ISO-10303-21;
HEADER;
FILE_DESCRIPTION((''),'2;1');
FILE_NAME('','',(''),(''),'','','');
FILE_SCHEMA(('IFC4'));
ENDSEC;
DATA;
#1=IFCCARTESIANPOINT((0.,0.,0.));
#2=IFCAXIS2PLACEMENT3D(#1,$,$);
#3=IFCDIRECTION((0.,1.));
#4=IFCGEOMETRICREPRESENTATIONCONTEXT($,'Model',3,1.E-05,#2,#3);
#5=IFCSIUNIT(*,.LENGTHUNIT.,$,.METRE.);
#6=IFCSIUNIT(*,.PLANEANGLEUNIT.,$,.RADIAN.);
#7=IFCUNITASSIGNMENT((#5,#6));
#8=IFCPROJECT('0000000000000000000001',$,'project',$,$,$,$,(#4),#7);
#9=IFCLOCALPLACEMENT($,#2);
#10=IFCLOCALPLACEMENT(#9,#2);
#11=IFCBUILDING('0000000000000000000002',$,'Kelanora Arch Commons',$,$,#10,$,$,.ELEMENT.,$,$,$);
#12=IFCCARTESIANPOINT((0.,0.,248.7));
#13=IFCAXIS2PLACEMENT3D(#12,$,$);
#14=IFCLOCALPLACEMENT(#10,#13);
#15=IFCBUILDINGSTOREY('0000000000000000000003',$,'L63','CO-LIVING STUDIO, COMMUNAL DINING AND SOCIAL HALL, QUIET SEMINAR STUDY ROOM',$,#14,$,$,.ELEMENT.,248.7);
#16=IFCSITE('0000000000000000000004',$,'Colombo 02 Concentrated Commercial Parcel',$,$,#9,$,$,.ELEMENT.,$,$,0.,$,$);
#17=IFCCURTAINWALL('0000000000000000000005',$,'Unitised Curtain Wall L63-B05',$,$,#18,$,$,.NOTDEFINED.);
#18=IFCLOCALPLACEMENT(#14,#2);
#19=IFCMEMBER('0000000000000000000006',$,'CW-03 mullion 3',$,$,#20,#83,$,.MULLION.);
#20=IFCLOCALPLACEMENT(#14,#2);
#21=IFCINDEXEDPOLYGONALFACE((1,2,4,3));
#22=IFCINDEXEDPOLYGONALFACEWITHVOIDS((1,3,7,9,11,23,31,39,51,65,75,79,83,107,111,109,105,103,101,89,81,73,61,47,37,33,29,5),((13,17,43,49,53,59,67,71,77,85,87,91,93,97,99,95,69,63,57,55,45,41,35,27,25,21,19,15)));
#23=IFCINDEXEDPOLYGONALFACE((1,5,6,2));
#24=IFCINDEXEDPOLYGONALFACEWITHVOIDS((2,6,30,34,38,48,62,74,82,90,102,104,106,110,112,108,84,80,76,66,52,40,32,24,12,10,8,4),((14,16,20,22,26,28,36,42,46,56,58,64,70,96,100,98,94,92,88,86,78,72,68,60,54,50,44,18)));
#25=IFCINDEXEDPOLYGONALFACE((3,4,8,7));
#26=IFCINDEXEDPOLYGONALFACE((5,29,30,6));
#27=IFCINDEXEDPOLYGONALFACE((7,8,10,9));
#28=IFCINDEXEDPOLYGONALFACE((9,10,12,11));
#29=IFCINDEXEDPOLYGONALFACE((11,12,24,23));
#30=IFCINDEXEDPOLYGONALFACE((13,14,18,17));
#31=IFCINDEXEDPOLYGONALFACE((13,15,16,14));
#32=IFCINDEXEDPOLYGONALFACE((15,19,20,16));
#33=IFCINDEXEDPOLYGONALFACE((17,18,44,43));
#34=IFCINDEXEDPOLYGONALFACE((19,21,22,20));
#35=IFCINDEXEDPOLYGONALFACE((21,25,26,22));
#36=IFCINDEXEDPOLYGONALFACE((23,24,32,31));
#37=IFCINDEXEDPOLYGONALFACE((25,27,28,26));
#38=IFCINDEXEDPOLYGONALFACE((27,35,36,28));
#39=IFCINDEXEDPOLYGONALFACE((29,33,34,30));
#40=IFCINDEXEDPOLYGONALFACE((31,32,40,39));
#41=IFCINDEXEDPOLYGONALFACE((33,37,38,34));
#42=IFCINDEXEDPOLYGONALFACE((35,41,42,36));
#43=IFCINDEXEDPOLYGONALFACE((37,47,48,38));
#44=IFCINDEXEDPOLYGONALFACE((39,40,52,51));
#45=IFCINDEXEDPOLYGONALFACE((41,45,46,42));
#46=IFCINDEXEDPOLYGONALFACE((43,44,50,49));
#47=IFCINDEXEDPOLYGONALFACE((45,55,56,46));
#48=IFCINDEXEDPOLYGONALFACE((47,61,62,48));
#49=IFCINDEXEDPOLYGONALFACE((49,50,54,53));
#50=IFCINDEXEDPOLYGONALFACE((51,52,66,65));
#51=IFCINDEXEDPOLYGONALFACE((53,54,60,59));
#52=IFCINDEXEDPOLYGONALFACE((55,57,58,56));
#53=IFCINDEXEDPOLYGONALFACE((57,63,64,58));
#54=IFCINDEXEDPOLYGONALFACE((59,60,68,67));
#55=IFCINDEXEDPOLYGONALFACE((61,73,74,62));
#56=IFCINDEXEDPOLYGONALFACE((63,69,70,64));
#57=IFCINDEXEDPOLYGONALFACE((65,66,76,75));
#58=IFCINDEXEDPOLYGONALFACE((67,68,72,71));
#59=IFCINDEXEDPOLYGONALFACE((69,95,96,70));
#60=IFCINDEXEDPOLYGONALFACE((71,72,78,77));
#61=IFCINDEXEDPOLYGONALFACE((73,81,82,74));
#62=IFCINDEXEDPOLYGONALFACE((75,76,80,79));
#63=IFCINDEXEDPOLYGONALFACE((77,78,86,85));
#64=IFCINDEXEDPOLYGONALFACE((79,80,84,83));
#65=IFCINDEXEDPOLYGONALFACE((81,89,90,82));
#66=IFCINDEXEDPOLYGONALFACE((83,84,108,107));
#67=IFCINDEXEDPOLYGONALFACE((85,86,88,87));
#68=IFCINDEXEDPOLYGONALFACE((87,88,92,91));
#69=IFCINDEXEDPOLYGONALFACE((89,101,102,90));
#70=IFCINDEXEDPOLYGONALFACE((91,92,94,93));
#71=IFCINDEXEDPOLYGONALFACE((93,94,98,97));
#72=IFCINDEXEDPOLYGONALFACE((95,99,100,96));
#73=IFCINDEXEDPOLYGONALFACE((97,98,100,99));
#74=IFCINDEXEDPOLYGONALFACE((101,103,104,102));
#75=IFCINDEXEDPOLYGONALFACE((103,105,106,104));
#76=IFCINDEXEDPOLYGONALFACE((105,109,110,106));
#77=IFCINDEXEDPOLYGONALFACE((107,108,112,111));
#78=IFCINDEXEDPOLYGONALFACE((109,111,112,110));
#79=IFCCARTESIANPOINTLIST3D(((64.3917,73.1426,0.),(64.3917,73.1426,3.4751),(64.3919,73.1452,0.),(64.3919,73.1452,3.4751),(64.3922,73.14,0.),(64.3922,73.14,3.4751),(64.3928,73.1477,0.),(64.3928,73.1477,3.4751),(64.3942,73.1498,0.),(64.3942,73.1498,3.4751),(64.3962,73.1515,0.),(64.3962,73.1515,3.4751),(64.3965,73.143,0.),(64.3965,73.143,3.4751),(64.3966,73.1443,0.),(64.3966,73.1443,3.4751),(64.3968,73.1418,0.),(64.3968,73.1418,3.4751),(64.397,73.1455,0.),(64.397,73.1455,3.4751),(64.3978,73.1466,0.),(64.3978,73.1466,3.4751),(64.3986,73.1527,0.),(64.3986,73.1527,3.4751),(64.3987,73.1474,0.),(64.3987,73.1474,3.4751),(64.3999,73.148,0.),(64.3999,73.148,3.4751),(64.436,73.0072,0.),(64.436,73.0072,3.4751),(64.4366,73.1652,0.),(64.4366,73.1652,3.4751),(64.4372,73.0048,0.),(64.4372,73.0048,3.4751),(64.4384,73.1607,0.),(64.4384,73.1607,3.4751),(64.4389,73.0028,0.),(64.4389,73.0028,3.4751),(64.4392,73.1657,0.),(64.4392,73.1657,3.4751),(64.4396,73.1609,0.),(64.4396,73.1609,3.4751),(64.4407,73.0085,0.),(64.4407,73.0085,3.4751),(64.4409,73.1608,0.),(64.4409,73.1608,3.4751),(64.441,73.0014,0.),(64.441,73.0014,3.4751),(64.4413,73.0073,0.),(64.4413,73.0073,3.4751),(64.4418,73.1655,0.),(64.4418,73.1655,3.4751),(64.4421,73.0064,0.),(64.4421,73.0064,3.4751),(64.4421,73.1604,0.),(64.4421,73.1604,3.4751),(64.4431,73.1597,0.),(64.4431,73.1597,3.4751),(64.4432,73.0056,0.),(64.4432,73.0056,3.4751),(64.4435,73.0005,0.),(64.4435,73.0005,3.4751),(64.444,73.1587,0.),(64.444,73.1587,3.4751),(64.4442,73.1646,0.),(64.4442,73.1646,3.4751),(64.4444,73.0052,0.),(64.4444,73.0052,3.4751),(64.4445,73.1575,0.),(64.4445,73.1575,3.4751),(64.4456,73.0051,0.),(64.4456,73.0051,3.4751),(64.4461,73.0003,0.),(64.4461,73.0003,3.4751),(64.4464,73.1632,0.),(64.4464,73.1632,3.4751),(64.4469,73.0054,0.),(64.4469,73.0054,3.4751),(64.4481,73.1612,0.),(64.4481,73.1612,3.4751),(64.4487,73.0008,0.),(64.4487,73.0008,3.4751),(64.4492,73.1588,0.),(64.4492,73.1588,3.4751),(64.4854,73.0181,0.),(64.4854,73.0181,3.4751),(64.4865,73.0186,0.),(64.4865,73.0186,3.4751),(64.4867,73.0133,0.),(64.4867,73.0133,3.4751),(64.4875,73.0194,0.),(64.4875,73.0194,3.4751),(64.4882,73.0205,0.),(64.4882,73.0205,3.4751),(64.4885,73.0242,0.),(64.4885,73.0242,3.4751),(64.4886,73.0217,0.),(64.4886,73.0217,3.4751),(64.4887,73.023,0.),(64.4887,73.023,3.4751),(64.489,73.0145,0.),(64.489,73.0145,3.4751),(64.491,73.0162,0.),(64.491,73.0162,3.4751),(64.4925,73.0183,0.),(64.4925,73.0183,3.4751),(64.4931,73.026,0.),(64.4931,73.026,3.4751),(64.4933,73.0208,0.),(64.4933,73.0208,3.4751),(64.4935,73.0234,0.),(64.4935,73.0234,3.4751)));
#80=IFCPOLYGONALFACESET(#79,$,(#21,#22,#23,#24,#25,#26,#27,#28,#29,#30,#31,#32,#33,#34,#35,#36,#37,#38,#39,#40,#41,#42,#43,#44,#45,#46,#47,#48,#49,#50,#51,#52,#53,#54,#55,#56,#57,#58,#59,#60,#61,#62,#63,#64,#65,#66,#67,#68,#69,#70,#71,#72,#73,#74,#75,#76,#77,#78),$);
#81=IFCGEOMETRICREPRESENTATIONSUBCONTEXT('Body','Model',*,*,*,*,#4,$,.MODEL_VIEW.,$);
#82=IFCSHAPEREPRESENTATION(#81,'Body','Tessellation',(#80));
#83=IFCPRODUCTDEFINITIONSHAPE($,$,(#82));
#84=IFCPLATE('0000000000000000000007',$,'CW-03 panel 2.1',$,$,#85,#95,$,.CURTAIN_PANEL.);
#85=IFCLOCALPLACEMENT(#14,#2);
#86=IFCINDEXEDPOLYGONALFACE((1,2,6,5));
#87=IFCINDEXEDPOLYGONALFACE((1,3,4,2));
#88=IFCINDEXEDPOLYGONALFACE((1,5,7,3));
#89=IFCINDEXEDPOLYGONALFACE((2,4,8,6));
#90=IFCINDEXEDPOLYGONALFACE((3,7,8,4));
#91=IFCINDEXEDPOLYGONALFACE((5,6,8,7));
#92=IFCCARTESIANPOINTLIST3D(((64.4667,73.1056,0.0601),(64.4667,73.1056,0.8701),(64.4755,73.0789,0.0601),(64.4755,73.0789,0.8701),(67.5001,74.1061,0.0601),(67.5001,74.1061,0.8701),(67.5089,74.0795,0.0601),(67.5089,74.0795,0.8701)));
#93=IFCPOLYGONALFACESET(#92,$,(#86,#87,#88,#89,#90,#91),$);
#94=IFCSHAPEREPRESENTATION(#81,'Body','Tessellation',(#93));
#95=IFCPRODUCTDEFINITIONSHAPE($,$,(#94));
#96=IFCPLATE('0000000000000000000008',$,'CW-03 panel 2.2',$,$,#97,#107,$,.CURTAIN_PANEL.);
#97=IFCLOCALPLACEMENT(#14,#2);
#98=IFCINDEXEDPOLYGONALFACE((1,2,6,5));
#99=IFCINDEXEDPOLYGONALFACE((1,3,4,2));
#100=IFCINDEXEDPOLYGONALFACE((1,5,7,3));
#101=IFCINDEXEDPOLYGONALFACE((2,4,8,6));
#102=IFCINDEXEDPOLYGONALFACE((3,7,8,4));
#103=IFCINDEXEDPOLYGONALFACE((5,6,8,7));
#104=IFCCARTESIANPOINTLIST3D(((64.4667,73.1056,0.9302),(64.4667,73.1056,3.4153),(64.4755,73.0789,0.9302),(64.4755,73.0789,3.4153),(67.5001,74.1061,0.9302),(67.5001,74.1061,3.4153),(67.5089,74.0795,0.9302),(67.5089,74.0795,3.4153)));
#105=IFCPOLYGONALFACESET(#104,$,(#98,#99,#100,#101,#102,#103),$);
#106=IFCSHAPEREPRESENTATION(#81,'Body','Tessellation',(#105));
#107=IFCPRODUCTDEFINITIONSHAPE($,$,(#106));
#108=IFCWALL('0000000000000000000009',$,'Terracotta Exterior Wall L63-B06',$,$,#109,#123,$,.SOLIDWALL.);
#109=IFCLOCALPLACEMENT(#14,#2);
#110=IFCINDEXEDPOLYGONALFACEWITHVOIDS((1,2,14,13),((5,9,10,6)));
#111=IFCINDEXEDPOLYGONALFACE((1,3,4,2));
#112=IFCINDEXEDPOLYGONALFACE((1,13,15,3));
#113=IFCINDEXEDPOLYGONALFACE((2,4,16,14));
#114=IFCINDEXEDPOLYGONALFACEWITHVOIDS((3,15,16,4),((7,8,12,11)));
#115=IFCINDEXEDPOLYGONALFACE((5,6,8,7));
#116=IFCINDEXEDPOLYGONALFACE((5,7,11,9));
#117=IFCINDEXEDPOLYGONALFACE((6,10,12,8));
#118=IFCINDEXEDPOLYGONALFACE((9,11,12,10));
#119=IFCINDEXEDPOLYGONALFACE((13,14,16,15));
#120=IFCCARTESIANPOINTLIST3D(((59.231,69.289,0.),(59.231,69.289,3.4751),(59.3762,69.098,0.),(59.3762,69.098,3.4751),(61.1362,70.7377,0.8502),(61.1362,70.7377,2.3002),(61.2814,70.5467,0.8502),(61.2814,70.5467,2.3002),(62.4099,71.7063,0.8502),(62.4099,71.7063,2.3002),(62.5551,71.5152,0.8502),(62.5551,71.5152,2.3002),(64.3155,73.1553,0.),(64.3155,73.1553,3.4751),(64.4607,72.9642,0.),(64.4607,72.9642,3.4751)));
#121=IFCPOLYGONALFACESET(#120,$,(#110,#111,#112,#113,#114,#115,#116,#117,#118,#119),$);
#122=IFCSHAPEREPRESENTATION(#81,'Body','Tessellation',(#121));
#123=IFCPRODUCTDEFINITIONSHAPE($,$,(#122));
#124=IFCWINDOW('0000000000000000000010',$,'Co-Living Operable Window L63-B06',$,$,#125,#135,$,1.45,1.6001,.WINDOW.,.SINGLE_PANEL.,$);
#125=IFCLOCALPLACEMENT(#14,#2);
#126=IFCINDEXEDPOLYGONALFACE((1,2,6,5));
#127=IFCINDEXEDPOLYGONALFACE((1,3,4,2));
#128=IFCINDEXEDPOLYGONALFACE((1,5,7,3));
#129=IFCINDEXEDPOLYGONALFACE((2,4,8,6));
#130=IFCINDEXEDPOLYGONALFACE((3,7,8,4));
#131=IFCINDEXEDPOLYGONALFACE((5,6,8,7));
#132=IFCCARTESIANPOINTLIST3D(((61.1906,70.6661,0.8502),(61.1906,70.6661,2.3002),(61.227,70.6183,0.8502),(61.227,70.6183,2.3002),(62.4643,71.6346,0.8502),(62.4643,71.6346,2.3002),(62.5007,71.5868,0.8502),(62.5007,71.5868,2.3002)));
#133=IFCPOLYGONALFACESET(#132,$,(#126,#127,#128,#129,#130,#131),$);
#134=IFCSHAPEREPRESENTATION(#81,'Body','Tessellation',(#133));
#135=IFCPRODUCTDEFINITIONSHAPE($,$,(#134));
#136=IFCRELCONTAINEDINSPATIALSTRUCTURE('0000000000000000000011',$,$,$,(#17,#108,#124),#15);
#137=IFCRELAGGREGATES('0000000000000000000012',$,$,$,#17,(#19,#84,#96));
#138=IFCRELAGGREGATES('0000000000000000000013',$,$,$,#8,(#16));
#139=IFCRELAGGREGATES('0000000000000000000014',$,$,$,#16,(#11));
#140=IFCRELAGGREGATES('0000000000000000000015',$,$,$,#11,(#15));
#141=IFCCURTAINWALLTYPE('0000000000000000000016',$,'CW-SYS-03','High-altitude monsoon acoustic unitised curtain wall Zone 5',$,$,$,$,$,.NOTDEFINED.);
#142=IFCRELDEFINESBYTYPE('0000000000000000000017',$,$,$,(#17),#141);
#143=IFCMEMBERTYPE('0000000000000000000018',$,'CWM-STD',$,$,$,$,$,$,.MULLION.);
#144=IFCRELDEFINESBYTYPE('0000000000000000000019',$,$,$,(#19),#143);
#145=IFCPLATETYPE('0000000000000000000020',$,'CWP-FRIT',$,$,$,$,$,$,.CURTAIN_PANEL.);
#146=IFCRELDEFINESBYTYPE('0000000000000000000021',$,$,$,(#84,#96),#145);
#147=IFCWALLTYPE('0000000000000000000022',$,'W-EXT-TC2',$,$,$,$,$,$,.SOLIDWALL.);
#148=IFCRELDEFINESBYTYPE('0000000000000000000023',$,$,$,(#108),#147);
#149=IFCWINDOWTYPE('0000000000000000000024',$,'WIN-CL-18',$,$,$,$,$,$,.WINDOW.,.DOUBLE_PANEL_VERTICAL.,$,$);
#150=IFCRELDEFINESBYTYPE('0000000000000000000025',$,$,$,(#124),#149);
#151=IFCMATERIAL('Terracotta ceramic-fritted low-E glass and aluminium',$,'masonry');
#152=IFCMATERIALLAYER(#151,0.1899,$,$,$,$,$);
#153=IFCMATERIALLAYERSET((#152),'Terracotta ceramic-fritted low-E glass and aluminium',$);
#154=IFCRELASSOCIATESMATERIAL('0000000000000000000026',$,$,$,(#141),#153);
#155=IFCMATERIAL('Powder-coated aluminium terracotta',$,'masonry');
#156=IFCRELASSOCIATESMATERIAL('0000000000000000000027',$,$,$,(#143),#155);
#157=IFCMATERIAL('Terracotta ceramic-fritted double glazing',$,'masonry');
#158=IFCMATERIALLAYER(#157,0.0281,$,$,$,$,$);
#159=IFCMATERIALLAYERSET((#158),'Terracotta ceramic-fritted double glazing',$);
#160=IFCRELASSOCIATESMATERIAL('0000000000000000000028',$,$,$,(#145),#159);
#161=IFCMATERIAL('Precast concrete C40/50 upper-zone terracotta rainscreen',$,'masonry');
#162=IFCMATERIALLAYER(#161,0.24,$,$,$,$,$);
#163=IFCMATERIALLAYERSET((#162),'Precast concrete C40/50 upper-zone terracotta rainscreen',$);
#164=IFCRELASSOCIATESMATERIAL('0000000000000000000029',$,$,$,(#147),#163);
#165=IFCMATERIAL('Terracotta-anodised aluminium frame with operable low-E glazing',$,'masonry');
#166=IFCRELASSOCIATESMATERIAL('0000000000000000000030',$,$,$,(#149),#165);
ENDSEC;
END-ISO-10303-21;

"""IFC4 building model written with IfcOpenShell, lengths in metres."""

from ifc_helpers import new_model, si_unit, direction, frame, frame_2d, origin, origin_2d, place, context, subcontext, project, spatial, rectangle, hollow_rectangle, extrude, source, transform, mapped, material, layer, layer_set, material_profile, profile_set, type_object, element, fill, aggregate, save


model = new_model("IFC4")

# Units and contexts
model_context = context("Model", 3, precision=1e-05, world=origin(), true_north=direction((0.0, 1.0)))
body_context = subcontext(model_context, "Body", "Model", "MODEL_VIEW")
ifc_project = project(units=[si_unit("LENGTHUNIT", "METRE"), si_unit("PLANEANGLEUNIT", "RADIAN")], contexts=[model_context])

# Site, building, storey
site_placement = place(None, origin())
site = spatial("IfcSite", under=ifc_project, at=site_placement, Name="Colombo 02 Concentrated Commercial Parcel", CompositionType="ELEMENT", RefElevation=0.0)
building_placement = place(site_placement, origin())
building = spatial("IfcBuilding", under=site, at=building_placement, Name="Kelanora Arch Commons", CompositionType="ELEMENT")
storey_placement = place(building_placement, frame((0.0, 0.0, 248.7)))
storey = spatial("IfcBuildingStorey", under=building, at=storey_placement, Name="L63", Description="CO-LIVING STUDIO, COMMUNAL DINING AND SOCIAL HALL, QUIET SEMINAR STUDY ROOM", CompositionType="ELEMENT", Elevation=248.7)

# Curtain wall, member, plates
ifc_material_1 = material(Name="Terracotta ceramic-fritted low-E glass and aluminium", Category="masonry")
ifc_layer_1 = layer(ifc_material_1, 0.1899)
ifc_layer_set_1 = layer_set([ifc_layer_1], Name="Terracotta ceramic-fritted low-E glass and aluminium")
curtain_wall_type = type_object("IfcCurtainWallType", Name="CW-SYS-03", Description="High-altitude monsoon acoustic unitised curtain wall Zone 5", PredefinedType="NOTDEFINED", material=ifc_layer_set_1)
curtain_wall_placement = place(storey_placement, origin())
curtain_wall = element("IfcCurtainWall", 1, at=curtain_wall_placement, inside=storey, type_object=curtain_wall_type, Name="Unitised Curtain Wall L63-B05", PredefinedType="NOTDEFINED")
ifc_material_2 = material(Name="Powder-coated aluminium terracotta", Category="masonry")
ifc_material_profile_1 = material_profile(ifc_material_2, hollow_rectangle(XDim=0.1599, YDim=0.0601, WallThickness=0.0049, InnerFilletRadius=0.0049, OuterFilletRadius=0.01, at=origin_2d()), Name="CWM160x60")
ifc_profile_set_1 = profile_set([ifc_material_profile_1], Name="Powder-coated aluminium terracotta")
member_type = type_object("IfcMemberType", Name="CWM-STD", PredefinedType="MULLION", material=ifc_profile_set_1)
member_placement = place(storey_placement, frame((64.4426, 73.083, 0.0), z_axis=(0.0, 0.0, 1.0), x_axis=(0.313253, -0.94967, 0.0)))
member = element("IfcMember", 2, at=member_placement, type_object=member_type, Name="CW-03 mullion 3", PredefinedType="MULLION", context=body_context, shape_type="SweptSolid", body=[
    extrude(hollow_rectangle(XDim=0.1599, YDim=0.0601, WallThickness=0.0049, InnerFilletRadius=0.0049, OuterFilletRadius=0.01, at=origin_2d()), origin(), (0.0, 0.0, 1.0), 3.4751),
])
ifc_material_3 = material(Name="Terracotta ceramic-fritted double glazing", Category="masonry")
ifc_layer_2 = layer(ifc_material_3, 0.0281)
ifc_layer_set_2 = layer_set([ifc_layer_2], Name="Terracotta ceramic-fritted double glazing")
plate_type = type_object("IfcPlateType", Name="CWP-FRIT", PredefinedType="CURTAIN_PANEL", material=ifc_layer_set_2)
shared_shape_1 = source(origin(), body_context, "Body", "SweptSolid", [
    extrude(rectangle(XDim=3.1941, YDim=0.0281, at=origin_2d()), origin(), (0.0, 0.0, 1.0), 0.8101),
])
plate_1_placement = place(storey_placement, frame((65.9878, 73.5925, 0.0601), z_axis=(0.0, 0.0, 1.0), x_axis=(-0.94967, -0.313253, 0.0)))
plate_1 = element("IfcPlate", 3, at=plate_1_placement, type_object=plate_type, Name="CW-03 panel 2.1", PredefinedType="CURTAIN_PANEL", context=body_context, shape_type="MappedRepresentation", body=[
    mapped(shared_shape_1, transform((0.0, 0.0, 0.0), scale=1.0)),
])
shared_shape_2 = source(origin(), body_context, "Body", "SweptSolid", [
    extrude(rectangle(XDim=3.1941, YDim=0.0281, at=origin_2d()), origin(), (0.0, 0.0, 1.0), 2.4851),
])
plate_2_placement = place(storey_placement, frame((65.9878, 73.5925, 0.9302), z_axis=(0.0, 0.0, 1.0), x_axis=(-0.94967, -0.313253, 0.0)))
plate_2 = element("IfcPlate", 4, at=plate_2_placement, type_object=plate_type, Name="CW-03 panel 2.2", PredefinedType="CURTAIN_PANEL", context=body_context, shape_type="MappedRepresentation", body=[
    mapped(shared_shape_2, transform((0.0, 0.0, 0.0), scale=1.0)),
])
aggregate(curtain_wall, [member, plate_1, plate_2])

# Wall, opening, window
ifc_material_4 = material(Name="Precast concrete C40/50 upper-zone terracotta rainscreen", Category="masonry")
ifc_layer_3 = layer(ifc_material_4, 0.24)
ifc_layer_set_3 = layer_set([ifc_layer_3], Name="Precast concrete C40/50 upper-zone terracotta rainscreen")
wall_type_1 = type_object("IfcWallType", Name="W-EXT-TC2", PredefinedType="SOLIDWALL", material=ifc_layer_set_3)
wall_1_placement = place(storey_placement, frame((64.3882, 73.0598, 0.0), z_axis=(0.0, 0.0, 1.0), x_axis=(-0.79601, -0.605283, 0.0)))
wall_1 = element("IfcWall", 5, at=wall_1_placement, inside=storey, type_object=wall_type_1, Name="Terracotta Exterior Wall L63-B06", PredefinedType="SOLIDWALL", context=body_context, shape_type="SweptSolid", body=[
    extrude(rectangle(XDim=6.3875, YDim=0.24, at=frame_2d((3.1938, 0.0))), origin(), (0.0, 0.0, 1.0), 3.4751),
])
opening_1_placement = place(wall_1_placement, frame((2.394, 0.0, 0.8501)))
opening_1 = element("IfcOpeningElement", 6, at=opening_1_placement, cuts=wall_1, PredefinedType="OPENING", context=body_context, shape_type="SweptSolid", body=[
    extrude(rectangle(XDim=1.6001, YDim=1.45, at=frame_2d((0.8, 0.7251))), frame((0.0, 0.1299, 0.0), z_axis=(0.0, -1.0, 0.0), x_axis=(1.0, 0.0, 0.0)), (0.0, 0.0, 1.0), 0.26),
])
ifc_material_5 = material(Name="Terracotta-anodised aluminium frame with operable low-E glazing", Category="masonry")
window_type_1 = type_object("IfcWindowType", Name="WIN-CL-18", PartitioningType="DOUBLE_PANEL_VERTICAL", PredefinedType="WINDOW", material=ifc_material_5)
window_1_placement = place(opening_1_placement, origin())
window_1 = element("IfcWindow", 7, at=window_1_placement, inside=storey, type_object=window_type_1, Name="Co-Living Operable Window L63-B06", OverallHeight=1.45, OverallWidth=1.6001, PartitioningType="SINGLE_PANEL", PredefinedType="WINDOW", context=body_context, shape_type="SweptSolid", body=[
    extrude(rectangle(XDim=1.6001, YDim=1.45, at=frame_2d((0.8, 0.7251))), frame((0.0, 0.03, 0.0), z_axis=(0.0, -1.0, 0.0), x_axis=(1.0, 0.0, 0.0)), (0.0, 0.0, 1.0), 0.0601),
])
fill(opening_1, window_1)

save(model, "model.ifc")
